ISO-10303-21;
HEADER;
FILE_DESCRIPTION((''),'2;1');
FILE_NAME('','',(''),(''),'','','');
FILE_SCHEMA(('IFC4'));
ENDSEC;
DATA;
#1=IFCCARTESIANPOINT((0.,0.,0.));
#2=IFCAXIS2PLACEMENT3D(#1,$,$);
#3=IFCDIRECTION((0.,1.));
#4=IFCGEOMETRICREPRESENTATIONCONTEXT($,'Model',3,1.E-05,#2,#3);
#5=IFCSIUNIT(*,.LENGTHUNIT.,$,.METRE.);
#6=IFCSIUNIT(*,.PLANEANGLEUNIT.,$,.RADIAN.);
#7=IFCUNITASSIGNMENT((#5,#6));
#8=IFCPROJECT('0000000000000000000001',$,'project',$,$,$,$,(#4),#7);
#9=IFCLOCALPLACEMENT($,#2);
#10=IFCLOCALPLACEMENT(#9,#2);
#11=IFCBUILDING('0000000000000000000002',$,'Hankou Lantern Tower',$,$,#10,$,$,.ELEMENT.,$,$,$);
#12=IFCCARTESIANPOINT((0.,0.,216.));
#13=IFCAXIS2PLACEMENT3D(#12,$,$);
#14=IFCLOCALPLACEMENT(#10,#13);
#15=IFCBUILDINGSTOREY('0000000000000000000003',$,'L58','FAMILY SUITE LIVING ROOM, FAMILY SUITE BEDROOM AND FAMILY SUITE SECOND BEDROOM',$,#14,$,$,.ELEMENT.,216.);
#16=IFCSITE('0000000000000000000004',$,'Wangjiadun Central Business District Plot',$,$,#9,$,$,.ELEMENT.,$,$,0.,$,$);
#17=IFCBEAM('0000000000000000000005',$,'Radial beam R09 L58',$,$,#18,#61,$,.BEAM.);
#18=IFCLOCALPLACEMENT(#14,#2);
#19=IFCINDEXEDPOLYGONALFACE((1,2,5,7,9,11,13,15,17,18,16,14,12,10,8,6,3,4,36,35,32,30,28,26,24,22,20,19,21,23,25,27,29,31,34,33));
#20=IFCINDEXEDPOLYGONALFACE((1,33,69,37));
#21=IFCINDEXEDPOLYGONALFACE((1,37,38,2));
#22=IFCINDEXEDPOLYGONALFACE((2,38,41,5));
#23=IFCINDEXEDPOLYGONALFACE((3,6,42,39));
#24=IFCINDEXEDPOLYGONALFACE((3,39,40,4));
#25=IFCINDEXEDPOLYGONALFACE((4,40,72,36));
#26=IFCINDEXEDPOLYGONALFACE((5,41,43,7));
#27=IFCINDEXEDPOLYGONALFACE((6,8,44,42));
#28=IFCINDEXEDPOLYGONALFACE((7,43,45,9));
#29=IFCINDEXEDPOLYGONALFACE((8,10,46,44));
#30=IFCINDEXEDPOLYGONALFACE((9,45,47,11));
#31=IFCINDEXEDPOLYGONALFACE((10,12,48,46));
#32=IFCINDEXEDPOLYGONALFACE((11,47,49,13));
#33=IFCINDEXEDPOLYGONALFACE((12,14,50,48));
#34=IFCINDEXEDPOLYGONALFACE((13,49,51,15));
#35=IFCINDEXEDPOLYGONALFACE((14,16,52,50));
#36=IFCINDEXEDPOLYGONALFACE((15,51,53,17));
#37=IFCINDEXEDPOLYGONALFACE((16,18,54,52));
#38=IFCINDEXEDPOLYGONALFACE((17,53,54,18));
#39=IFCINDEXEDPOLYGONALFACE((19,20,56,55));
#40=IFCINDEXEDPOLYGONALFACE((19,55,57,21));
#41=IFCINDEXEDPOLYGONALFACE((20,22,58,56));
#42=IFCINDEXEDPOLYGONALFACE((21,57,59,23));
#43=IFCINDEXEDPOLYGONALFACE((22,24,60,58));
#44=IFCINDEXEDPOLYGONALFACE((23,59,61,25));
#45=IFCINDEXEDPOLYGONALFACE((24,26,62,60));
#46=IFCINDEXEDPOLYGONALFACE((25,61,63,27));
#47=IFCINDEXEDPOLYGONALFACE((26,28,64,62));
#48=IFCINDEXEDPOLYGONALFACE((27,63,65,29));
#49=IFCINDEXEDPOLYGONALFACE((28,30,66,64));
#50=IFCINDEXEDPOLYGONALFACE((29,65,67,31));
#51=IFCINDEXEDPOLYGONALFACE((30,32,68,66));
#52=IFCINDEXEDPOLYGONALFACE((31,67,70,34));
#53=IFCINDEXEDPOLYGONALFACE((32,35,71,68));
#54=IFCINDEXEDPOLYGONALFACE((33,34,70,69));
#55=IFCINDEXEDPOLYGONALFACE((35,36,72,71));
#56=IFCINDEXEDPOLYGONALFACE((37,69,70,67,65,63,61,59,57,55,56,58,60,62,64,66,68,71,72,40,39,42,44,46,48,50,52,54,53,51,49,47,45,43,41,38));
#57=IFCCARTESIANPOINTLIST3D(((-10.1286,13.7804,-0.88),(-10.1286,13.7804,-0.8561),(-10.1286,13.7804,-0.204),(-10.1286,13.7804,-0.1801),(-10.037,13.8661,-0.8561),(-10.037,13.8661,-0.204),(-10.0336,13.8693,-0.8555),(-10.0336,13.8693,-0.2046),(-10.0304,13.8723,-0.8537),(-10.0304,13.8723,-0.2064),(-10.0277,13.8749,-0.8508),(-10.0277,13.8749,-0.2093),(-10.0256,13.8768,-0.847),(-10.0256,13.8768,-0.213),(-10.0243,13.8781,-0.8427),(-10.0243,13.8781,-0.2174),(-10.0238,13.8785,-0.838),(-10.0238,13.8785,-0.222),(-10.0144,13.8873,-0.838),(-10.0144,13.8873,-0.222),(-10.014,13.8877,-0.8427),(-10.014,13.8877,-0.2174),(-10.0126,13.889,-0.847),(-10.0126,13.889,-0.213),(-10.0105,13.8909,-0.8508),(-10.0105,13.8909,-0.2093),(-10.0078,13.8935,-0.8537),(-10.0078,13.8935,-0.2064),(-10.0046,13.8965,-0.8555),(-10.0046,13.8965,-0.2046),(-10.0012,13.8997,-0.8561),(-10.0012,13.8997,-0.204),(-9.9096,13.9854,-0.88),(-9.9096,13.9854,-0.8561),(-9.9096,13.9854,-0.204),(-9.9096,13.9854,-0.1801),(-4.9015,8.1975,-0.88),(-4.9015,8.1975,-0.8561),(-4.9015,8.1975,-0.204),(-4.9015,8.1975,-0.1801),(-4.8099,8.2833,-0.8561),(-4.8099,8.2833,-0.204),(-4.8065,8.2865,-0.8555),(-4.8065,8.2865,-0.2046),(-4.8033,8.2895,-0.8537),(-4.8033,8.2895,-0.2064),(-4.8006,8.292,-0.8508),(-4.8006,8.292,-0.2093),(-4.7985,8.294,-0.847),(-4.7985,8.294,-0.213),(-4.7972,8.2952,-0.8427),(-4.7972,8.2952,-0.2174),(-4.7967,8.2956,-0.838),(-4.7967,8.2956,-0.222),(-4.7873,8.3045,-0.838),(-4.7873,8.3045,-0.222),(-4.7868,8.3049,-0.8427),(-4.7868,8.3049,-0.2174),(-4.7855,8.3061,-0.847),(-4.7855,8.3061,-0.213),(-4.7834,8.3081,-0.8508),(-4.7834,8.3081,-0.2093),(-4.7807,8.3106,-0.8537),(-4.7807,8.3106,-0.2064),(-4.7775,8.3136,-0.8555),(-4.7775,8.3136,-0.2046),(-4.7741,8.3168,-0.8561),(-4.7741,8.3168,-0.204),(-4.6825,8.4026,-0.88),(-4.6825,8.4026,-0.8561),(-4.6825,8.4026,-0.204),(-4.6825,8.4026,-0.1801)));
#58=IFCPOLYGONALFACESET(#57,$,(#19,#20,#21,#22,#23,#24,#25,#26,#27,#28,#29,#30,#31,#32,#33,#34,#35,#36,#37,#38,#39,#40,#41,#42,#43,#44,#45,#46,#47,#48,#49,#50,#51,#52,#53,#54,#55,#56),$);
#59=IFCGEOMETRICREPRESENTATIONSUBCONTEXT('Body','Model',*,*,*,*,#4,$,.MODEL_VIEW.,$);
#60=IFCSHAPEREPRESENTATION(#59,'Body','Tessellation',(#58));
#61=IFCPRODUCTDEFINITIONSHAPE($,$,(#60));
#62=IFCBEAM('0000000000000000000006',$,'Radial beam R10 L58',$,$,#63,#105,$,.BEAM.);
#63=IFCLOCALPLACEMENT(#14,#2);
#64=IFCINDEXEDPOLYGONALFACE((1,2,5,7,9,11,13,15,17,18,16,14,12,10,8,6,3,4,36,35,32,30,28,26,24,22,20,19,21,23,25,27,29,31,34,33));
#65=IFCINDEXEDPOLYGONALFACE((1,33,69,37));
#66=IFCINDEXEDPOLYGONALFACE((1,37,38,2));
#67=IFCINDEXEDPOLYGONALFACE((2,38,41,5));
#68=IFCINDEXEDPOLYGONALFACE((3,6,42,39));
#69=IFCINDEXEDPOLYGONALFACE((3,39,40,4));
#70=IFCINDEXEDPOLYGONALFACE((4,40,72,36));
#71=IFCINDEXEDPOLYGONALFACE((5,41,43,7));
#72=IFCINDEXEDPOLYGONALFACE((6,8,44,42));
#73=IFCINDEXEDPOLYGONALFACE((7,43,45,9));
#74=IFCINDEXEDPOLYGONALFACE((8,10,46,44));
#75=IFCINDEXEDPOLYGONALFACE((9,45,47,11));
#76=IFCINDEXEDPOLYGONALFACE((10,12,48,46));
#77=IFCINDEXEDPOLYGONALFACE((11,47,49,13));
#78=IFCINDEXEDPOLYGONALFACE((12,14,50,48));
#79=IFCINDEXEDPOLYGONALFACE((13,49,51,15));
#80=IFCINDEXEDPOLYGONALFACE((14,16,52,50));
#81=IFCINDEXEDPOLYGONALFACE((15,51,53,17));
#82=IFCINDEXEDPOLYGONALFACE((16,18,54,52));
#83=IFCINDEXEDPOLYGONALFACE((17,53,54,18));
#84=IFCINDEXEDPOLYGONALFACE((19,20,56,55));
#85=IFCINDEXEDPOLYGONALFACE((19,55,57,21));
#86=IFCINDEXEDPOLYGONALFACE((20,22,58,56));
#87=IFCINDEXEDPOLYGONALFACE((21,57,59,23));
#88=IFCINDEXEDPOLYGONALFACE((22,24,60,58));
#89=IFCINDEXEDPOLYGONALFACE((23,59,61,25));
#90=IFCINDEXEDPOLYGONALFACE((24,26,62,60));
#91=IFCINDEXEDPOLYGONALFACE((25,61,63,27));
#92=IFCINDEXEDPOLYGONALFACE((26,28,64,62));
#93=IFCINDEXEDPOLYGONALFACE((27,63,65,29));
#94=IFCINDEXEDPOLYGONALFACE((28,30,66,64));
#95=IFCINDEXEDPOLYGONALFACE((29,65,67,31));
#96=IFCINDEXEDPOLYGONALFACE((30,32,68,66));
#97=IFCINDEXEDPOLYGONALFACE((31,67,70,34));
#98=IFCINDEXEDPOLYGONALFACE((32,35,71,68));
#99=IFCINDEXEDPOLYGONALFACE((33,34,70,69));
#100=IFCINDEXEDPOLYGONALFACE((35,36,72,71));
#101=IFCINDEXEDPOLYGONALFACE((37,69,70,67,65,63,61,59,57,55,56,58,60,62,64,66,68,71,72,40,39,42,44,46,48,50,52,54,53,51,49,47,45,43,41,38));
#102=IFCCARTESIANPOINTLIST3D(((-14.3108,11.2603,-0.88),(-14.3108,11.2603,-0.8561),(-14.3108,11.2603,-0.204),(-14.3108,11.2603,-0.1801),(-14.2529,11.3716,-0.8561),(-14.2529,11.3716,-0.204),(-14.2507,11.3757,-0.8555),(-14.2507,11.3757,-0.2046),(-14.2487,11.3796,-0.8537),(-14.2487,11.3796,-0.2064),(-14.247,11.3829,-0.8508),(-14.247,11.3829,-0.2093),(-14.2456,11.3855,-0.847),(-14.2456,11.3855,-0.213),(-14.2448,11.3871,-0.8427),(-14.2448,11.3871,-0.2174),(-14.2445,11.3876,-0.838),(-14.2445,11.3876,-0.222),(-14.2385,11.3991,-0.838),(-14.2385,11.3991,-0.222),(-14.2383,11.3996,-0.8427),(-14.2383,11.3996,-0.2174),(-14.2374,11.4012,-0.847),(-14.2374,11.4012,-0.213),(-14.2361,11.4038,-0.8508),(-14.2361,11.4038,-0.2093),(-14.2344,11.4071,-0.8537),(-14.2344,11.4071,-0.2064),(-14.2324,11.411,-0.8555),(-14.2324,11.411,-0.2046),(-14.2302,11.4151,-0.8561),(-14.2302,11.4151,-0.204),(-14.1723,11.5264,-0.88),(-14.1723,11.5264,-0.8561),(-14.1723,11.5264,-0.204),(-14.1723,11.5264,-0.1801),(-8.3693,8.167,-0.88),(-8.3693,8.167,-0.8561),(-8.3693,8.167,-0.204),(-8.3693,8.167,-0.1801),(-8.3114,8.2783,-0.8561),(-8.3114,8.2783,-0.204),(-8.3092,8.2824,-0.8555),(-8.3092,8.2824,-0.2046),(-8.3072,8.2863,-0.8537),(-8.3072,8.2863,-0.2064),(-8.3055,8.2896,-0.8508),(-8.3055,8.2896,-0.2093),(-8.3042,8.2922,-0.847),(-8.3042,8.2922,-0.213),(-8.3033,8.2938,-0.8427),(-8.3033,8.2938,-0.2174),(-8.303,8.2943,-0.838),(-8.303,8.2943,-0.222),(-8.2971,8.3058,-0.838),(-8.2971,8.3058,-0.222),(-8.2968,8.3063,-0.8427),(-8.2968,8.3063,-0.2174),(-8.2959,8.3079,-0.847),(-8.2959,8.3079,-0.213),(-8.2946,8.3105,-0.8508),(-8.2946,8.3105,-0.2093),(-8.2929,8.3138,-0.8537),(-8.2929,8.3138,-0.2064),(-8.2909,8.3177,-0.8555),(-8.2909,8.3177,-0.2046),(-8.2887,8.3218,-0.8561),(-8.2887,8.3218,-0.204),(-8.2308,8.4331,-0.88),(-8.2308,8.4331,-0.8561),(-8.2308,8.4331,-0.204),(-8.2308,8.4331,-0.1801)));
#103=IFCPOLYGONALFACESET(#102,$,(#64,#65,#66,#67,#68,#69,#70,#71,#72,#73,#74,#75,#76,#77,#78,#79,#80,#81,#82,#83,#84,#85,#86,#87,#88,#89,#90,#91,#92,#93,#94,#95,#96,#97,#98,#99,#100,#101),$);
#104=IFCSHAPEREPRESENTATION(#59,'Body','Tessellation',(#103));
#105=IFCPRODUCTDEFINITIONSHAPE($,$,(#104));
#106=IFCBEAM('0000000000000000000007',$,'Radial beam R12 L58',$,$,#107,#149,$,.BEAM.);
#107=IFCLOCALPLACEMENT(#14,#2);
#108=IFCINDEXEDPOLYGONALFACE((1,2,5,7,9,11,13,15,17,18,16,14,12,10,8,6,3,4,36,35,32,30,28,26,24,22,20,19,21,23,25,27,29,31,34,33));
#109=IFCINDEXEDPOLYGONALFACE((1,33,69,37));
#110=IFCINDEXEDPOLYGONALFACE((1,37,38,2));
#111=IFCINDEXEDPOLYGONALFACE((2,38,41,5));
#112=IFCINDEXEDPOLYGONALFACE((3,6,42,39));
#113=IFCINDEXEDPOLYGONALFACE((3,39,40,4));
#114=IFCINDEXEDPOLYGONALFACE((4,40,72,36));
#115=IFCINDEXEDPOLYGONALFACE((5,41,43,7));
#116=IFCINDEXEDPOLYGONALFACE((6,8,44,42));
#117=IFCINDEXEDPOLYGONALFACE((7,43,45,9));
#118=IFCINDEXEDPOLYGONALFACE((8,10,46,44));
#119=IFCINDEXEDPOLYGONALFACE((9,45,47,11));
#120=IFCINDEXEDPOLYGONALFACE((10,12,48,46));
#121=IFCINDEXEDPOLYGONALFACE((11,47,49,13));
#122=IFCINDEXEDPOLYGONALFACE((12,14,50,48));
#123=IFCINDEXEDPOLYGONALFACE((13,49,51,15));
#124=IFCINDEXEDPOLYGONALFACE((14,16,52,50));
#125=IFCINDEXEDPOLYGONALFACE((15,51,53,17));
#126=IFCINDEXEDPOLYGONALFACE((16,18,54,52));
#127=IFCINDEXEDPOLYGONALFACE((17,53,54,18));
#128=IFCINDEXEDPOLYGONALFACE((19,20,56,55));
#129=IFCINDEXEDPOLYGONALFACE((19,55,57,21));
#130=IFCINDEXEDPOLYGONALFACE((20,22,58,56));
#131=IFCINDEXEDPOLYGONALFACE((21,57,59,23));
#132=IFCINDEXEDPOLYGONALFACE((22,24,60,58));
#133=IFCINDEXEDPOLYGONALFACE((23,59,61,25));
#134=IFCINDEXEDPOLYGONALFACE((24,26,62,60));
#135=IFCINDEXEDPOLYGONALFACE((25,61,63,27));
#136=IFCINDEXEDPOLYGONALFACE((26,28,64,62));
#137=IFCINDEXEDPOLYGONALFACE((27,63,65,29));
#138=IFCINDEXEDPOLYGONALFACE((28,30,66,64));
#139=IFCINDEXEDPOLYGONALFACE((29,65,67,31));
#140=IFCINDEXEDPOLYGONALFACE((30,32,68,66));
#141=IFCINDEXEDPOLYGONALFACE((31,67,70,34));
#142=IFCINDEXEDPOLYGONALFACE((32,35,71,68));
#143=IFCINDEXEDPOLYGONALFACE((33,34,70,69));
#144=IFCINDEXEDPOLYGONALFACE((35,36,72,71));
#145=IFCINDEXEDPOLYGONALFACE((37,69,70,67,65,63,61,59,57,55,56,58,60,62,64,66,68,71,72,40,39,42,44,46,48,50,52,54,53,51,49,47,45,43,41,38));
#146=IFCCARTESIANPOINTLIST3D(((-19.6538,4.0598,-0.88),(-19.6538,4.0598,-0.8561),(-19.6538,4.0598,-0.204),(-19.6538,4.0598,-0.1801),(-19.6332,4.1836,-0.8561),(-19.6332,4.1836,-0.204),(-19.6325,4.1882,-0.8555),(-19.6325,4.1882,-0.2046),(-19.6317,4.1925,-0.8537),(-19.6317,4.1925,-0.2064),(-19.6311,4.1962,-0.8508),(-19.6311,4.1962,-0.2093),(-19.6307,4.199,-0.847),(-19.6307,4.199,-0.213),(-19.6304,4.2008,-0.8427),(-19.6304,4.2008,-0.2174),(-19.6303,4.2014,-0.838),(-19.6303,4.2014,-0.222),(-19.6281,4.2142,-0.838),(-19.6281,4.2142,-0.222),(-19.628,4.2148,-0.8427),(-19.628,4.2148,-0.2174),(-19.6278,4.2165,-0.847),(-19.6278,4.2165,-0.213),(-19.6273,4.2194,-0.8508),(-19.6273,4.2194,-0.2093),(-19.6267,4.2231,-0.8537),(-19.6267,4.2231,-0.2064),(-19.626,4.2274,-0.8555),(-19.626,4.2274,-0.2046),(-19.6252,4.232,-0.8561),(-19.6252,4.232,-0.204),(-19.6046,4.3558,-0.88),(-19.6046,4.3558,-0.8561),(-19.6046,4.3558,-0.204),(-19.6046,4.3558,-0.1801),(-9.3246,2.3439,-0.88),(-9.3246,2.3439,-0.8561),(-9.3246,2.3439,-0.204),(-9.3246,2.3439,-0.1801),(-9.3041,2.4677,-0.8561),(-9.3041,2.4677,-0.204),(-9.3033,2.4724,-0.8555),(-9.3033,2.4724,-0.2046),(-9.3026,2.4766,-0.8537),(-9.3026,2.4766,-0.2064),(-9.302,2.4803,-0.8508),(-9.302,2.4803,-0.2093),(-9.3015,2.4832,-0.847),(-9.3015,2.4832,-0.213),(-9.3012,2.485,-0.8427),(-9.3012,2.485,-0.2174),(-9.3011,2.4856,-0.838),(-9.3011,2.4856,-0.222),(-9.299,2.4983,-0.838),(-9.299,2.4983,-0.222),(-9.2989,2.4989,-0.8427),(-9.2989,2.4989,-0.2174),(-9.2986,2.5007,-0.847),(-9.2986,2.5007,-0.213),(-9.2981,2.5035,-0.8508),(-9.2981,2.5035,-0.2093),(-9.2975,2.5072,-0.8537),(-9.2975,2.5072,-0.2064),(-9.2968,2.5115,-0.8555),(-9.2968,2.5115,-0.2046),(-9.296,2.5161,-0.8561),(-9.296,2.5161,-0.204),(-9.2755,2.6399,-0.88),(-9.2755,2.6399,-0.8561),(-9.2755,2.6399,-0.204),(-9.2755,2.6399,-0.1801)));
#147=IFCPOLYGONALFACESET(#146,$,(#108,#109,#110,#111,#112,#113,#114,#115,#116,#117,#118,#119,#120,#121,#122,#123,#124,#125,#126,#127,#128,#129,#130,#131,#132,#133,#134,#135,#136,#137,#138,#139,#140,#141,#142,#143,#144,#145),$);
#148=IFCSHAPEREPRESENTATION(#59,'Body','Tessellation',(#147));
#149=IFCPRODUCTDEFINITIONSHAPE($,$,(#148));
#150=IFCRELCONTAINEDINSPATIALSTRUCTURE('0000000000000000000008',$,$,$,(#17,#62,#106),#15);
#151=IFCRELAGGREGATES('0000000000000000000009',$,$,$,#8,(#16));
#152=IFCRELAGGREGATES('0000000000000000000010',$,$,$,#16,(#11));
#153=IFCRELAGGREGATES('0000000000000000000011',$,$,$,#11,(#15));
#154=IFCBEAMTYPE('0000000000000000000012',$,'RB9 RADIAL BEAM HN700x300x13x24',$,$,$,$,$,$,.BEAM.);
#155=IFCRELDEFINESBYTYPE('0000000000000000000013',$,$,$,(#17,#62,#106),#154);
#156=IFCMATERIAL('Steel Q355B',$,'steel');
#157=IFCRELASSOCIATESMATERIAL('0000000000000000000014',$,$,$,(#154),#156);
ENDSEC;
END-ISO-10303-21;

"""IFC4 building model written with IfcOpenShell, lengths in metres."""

from ifc_helpers import new_model, si_unit, direction, frame, origin, origin_2d, place, context, subcontext, project, spatial, i_section, extrude, material, material_profile, profile_set, type_object, element, save


model = new_model("IFC4")

# Units and contexts
model_context = context("Model", 3, precision=1e-05, world=origin(), true_north=direction((0.0, 1.0)))
body_context = subcontext(model_context, "Body", "Model", "MODEL_VIEW")
ifc_project = project(units=[si_unit("LENGTHUNIT", "METRE"), si_unit("PLANEANGLEUNIT", "RADIAN")], contexts=[model_context])

# Site, building, storey
site_placement = place(None, origin())
site = spatial("IfcSite", under=ifc_project, at=site_placement, Name="Wangjiadun Central Business District Plot", CompositionType="ELEMENT", RefElevation=0.0)
building_placement = place(site_placement, origin())
building = spatial("IfcBuilding", under=site, at=building_placement, Name="Hankou Lantern Tower", CompositionType="ELEMENT")
storey_placement = place(building_placement, frame((0.0, 0.0, 216.0)))
storey = spatial("IfcBuildingStorey", under=building, at=storey_placement, Name="L58", Description="FAMILY SUITE LIVING ROOM, FAMILY SUITE BEDROOM AND FAMILY SUITE SECOND BEDROOM", CompositionType="ELEMENT", Elevation=216.0)

# Beams
ifc_material_1 = material(Name="Steel Q355B", Category="steel")
ifc_material_profile_1 = material_profile(ifc_material_1, i_section(OverallWidth=0.3, OverallDepth=0.7, WebThickness=0.0129, FlangeThickness=0.0239, FilletRadius=0.0181, at=origin_2d()), Name="HN700x300x13x24")
ifc_profile_set_1 = profile_set([ifc_material_profile_1], Name="Steel Q355B")
beam_type_1 = type_object("IfcBeamType", Name="RB9 RADIAL BEAM HN700x300x13x24", PredefinedType="BEAM", material=ifc_profile_set_1)
beam_1_placement = place(storey_placement, frame((-4.792, 8.3, -0.53), z_axis=(-0.683468, 0.72998, 0.0), x_axis=(-0.72998, -0.683468, 0.0)))
element("IfcBeam", 1, at=beam_1_placement, inside=storey, type_object=beam_type_1, Name="Radial beam R09 L58", PredefinedType="BEAM", context=body_context, shape_type="SweptSolid", body=[
    extrude(i_section(OverallWidth=0.3, OverallDepth=0.7, WebThickness=0.0129, FlangeThickness=0.0239, FilletRadius=0.0181, at=origin_2d()), origin(), (0.0, 0.0, 1.0), 7.6479),
])
beam_2_placement = place(storey_placement, frame((-8.3, 8.3, -0.53), z_axis=(-0.886989, 0.461791, 0.0), x_axis=(-0.461791, -0.886989, 0.0)))
element("IfcBeam", 2, at=beam_2_placement, inside=storey, type_object=beam_type_1, Name="Radial beam R10 L58", PredefinedType="BEAM", context=body_context, shape_type="SweptSolid", body=[
    extrude(i_section(OverallWidth=0.3, OverallDepth=0.7, WebThickness=0.0129, FlangeThickness=0.0239, FilletRadius=0.0181, at=origin_2d()), origin(), (0.0, 0.0, 1.0), 6.6985),
])
beam_3_placement = place(storey_placement, frame((-9.3, 2.4919, -0.53), z_axis=(-0.986482, 0.16387, 0.0), x_axis=(-0.16387, -0.986482, 0.0)))
element("IfcBeam", 3, at=beam_3_placement, inside=storey, type_object=beam_type_1, Name="Radial beam R12 L58", PredefinedType="BEAM", context=body_context, shape_type="SweptSolid", body=[
    extrude(i_section(OverallWidth=0.3, OverallDepth=0.7, WebThickness=0.0129, FlangeThickness=0.0239, FilletRadius=0.0181, at=origin_2d()), origin(), (0.0, 0.0, 1.0), 10.4707),
])

save(model, "model.ifc")
